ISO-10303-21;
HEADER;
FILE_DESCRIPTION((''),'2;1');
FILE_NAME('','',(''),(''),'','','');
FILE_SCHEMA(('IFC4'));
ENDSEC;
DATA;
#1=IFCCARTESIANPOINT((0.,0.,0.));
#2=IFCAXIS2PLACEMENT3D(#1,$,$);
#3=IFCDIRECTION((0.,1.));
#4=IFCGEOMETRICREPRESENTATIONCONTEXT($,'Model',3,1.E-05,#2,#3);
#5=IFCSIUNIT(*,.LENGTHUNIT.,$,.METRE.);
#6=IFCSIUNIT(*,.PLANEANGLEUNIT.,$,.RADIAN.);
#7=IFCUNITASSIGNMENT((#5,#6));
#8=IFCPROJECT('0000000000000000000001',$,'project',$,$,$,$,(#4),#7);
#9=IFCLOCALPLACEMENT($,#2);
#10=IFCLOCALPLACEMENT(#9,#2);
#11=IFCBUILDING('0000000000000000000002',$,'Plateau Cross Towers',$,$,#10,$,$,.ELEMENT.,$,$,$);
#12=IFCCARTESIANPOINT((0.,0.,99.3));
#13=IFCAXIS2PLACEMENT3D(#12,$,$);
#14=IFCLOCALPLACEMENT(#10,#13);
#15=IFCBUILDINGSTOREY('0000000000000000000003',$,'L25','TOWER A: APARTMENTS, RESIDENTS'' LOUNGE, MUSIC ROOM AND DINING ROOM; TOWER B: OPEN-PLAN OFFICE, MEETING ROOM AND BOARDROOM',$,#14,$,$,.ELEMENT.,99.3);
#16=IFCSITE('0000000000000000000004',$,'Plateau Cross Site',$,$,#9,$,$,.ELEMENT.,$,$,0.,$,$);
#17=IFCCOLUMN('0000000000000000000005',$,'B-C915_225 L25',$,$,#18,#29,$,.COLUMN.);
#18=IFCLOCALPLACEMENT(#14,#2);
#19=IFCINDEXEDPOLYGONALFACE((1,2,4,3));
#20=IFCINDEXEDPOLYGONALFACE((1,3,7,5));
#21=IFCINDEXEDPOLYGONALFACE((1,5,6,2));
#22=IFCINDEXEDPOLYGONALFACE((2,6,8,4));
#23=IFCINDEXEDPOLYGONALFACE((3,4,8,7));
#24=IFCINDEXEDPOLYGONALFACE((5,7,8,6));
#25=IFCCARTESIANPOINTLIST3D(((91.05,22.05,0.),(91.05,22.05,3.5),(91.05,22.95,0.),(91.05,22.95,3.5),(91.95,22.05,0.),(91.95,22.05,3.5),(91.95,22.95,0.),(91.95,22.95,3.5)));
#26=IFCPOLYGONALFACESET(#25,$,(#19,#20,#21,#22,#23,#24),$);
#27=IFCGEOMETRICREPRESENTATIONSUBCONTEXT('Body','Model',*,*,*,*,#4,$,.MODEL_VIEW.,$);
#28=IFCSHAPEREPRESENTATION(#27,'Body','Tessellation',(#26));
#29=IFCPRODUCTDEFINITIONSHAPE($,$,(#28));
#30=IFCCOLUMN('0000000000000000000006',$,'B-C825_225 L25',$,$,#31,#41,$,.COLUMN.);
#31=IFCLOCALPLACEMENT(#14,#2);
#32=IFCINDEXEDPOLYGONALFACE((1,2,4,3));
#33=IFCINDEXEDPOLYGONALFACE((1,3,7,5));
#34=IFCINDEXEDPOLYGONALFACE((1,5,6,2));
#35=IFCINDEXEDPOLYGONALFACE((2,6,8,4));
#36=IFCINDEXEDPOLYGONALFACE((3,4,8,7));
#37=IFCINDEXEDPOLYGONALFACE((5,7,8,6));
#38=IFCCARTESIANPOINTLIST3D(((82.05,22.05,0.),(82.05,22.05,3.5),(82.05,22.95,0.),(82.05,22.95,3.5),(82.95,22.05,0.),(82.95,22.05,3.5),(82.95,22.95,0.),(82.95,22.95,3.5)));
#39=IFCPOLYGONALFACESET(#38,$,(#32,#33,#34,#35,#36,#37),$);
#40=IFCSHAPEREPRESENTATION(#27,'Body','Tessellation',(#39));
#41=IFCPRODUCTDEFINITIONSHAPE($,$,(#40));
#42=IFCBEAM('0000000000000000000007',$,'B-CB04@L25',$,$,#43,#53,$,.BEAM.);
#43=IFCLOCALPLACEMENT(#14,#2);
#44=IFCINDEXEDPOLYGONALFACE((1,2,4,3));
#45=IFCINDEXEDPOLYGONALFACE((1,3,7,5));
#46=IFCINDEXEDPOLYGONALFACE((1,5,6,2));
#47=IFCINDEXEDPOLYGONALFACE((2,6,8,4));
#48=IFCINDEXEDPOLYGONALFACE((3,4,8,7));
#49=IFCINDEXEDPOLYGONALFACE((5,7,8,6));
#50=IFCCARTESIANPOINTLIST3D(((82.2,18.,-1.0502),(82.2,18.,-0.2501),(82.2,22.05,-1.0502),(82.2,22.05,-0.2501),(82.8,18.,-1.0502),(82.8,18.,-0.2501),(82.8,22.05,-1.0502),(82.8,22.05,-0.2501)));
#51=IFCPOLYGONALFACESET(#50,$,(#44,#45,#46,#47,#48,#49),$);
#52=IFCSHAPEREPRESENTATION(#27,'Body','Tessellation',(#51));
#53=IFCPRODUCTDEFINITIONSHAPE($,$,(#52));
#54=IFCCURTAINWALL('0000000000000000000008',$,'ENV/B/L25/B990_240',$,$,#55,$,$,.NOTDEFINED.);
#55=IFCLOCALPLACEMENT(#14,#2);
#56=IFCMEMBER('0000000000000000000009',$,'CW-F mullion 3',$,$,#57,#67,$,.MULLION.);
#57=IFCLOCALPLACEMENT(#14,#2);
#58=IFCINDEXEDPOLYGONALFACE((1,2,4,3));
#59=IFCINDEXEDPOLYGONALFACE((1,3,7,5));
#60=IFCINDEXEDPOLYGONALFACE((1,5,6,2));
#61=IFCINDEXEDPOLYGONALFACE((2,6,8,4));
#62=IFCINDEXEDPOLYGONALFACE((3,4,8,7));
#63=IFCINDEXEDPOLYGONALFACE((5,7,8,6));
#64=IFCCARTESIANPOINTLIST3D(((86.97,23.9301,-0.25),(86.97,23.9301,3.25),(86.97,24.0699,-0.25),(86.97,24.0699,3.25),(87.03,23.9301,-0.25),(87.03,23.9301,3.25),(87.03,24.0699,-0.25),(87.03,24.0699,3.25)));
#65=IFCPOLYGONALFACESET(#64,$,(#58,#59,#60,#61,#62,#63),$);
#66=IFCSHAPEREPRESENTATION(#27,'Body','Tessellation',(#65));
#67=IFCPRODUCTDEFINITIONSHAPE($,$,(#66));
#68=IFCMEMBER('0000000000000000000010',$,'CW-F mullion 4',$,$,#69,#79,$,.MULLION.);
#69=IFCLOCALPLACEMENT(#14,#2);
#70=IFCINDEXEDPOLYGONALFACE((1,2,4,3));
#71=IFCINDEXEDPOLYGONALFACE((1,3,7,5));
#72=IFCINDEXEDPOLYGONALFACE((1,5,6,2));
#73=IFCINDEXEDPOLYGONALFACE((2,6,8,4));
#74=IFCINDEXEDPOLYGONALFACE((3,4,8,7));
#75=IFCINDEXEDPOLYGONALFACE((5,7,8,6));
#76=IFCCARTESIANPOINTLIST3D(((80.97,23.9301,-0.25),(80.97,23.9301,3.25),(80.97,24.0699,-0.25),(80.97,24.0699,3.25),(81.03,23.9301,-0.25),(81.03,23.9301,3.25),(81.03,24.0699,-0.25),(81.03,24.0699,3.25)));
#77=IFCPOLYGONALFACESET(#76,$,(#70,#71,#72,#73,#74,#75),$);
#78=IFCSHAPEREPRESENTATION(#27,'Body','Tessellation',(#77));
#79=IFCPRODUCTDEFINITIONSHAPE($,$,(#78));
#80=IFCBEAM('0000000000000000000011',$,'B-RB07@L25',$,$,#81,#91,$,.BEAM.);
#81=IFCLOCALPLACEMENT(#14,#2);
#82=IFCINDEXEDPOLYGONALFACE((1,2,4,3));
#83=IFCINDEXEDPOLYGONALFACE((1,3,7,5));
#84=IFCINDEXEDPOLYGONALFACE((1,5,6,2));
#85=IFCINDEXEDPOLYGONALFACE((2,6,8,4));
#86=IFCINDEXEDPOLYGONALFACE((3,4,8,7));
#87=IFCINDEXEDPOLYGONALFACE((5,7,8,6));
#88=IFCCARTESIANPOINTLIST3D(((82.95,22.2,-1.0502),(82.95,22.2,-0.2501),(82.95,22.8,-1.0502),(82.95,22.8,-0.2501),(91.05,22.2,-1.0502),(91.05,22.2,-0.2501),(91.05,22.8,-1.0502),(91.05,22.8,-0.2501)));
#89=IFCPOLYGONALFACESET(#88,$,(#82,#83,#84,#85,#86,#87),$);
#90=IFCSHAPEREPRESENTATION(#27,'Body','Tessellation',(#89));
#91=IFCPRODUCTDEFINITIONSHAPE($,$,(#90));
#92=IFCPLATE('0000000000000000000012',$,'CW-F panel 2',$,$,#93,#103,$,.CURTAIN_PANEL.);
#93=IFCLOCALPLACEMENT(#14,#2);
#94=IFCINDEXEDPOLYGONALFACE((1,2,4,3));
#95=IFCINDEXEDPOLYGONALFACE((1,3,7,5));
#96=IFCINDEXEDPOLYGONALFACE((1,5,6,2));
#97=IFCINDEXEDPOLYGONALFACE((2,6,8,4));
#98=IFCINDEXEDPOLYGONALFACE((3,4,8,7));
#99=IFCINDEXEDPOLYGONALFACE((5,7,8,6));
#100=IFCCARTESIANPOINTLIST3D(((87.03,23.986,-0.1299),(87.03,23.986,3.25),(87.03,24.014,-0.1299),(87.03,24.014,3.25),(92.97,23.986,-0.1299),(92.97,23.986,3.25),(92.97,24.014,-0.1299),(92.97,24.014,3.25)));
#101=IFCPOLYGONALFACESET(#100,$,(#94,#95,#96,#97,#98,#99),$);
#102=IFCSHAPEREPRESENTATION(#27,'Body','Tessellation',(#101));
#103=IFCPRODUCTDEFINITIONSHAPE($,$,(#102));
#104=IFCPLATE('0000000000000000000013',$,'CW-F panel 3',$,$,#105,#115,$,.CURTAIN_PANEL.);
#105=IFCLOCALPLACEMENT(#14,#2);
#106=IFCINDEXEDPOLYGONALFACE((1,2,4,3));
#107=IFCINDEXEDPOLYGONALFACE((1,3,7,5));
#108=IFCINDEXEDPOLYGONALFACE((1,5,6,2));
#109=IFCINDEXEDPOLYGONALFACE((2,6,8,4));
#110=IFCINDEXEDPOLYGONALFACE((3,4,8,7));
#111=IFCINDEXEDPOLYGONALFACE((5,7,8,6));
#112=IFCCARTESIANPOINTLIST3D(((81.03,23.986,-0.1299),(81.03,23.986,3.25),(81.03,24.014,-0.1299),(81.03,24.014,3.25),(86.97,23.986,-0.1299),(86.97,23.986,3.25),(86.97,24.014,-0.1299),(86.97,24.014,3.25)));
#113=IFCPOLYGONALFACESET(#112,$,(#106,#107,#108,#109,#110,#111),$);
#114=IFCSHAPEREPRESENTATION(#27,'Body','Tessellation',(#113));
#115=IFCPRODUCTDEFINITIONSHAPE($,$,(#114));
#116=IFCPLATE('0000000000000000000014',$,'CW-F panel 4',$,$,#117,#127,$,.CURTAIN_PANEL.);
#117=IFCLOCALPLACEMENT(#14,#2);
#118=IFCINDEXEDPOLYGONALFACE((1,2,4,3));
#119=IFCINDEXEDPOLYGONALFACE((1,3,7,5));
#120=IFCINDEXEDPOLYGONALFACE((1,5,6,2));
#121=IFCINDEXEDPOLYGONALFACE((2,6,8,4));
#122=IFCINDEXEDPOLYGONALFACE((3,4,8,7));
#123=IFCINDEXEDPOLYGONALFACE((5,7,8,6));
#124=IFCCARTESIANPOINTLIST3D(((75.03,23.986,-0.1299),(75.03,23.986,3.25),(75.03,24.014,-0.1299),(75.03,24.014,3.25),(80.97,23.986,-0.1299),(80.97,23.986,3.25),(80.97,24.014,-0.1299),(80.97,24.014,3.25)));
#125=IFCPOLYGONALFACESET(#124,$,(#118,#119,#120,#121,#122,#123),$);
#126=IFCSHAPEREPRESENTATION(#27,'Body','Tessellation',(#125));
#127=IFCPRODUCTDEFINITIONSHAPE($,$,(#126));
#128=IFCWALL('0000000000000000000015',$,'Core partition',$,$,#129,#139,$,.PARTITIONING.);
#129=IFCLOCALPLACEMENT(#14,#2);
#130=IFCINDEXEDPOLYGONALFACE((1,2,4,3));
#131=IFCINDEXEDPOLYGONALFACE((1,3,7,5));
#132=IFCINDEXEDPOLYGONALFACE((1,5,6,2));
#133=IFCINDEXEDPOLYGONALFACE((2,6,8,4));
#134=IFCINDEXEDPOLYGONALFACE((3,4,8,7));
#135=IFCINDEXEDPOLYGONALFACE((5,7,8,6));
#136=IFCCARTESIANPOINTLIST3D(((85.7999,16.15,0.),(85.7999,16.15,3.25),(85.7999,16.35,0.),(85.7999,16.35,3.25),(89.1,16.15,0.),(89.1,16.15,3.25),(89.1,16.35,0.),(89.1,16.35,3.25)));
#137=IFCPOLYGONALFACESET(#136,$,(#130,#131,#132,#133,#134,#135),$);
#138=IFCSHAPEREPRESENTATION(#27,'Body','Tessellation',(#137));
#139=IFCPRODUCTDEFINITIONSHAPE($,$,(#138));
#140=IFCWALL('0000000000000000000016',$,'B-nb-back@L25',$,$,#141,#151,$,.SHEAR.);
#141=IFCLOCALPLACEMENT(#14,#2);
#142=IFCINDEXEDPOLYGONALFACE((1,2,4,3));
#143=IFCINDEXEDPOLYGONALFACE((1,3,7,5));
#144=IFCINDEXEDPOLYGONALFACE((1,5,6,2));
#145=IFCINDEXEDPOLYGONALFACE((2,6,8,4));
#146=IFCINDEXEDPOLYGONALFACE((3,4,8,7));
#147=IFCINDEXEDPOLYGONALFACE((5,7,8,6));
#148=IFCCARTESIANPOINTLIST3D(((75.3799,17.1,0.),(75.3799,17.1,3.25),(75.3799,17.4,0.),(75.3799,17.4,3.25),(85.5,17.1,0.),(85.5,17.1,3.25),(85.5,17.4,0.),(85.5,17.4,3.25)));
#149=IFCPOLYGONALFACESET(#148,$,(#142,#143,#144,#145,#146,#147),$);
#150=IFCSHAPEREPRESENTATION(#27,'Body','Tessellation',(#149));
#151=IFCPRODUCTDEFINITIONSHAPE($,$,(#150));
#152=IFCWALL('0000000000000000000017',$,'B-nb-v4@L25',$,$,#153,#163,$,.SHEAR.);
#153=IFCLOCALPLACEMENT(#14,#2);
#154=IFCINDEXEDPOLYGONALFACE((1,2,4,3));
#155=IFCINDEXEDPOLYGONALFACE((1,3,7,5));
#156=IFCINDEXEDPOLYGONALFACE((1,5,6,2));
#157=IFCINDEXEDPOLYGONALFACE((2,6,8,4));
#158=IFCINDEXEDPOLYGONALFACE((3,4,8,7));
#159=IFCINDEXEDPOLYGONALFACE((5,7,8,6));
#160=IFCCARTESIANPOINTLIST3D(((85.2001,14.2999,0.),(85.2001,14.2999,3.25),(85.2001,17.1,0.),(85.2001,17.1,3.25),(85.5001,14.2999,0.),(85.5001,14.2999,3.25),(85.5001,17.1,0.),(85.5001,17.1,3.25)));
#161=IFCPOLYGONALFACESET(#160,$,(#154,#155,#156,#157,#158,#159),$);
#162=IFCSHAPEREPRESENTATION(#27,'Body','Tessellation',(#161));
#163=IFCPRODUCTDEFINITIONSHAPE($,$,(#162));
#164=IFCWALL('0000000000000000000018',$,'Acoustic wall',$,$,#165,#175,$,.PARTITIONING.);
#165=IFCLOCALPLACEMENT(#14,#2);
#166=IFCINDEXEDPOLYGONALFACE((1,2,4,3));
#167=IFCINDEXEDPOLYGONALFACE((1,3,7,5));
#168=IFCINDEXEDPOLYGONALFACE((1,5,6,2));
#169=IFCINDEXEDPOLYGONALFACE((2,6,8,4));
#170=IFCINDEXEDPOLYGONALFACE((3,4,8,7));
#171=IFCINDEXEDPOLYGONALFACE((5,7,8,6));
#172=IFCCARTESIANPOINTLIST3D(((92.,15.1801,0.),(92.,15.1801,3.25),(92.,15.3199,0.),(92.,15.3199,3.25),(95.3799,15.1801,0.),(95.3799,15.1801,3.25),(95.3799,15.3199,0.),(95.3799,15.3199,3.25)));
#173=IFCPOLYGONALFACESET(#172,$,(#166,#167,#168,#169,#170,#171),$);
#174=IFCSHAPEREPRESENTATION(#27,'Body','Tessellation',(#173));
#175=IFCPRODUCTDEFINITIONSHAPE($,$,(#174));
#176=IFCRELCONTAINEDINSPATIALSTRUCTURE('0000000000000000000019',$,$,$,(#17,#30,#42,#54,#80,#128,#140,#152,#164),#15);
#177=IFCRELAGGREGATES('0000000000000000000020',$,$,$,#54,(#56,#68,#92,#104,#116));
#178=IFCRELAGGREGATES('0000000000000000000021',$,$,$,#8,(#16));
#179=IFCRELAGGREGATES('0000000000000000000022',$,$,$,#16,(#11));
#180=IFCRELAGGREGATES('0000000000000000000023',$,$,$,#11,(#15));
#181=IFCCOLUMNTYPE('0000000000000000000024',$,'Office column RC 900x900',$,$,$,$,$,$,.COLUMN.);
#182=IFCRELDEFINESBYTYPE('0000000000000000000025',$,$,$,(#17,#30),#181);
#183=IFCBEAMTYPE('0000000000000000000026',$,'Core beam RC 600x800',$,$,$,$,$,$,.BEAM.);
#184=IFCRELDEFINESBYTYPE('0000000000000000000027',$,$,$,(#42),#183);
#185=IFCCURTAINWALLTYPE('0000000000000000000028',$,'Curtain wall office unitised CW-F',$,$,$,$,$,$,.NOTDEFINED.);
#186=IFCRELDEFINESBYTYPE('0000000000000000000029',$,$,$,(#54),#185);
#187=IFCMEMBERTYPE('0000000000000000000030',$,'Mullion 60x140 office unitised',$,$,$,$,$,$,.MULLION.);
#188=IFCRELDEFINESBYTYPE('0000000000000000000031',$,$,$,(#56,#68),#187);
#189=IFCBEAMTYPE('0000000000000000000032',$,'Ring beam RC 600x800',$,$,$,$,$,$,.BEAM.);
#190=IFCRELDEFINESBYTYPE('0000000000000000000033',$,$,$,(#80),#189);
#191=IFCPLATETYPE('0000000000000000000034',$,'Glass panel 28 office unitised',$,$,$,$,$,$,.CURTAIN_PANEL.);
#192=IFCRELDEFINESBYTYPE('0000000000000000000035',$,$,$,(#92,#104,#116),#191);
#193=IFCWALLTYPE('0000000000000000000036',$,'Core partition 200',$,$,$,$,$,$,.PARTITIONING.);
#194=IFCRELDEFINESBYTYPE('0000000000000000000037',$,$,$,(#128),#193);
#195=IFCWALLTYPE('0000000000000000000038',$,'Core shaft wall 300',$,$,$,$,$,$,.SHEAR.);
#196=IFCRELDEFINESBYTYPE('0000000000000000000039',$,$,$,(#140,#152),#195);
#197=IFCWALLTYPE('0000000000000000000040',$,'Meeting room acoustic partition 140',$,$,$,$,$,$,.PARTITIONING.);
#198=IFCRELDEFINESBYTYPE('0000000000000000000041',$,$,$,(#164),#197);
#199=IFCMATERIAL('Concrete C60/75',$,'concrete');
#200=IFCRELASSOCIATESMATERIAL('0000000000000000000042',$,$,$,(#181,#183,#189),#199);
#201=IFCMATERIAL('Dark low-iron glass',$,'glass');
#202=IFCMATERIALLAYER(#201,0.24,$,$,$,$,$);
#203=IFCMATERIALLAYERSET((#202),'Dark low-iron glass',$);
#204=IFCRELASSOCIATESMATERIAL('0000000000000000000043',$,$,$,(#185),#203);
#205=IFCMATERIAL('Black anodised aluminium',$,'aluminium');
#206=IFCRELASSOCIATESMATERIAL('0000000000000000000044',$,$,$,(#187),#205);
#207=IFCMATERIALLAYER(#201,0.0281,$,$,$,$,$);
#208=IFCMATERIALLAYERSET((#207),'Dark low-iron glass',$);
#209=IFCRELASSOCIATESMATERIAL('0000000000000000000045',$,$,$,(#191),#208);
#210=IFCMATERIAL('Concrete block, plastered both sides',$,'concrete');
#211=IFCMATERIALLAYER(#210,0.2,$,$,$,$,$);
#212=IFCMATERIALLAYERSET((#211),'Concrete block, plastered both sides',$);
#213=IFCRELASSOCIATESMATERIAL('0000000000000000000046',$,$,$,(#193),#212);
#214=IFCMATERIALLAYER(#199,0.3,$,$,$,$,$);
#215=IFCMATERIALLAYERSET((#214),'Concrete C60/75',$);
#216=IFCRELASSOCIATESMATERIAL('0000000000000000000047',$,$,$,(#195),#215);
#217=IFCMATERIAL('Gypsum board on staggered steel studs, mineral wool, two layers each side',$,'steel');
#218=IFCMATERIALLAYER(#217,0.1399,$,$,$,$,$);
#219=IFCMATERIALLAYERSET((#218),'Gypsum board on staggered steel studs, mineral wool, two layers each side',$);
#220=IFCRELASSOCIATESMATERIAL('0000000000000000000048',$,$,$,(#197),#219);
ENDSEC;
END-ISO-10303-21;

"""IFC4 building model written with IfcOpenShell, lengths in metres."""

from ifc_helpers import new_model, si_unit, direction, frame, frame_2d, origin, origin_2d, place, context, subcontext, project, spatial, rectangle, extrude, material, layer, layer_set, material_profile, profile_set, type_object, element, aggregate, save


model = new_model("IFC4")

# Units and contexts
model_context = context("Model", 3, precision=1e-05, world=origin(), true_north=direction((0.0, 1.0)))
body_context = subcontext(model_context, "Body", "Model", "MODEL_VIEW")
ifc_project = project(units=[si_unit("LENGTHUNIT", "METRE"), si_unit("PLANEANGLEUNIT", "RADIAN")], contexts=[model_context])

# Site, building, storey
site_placement = place(None, origin())
site = spatial("IfcSite", under=ifc_project, at=site_placement, Name="Plateau Cross Site", CompositionType="ELEMENT", RefElevation=0.0)
building_placement = place(site_placement, origin())
building = spatial("IfcBuilding", under=site, at=building_placement, Name="Plateau Cross Towers", CompositionType="ELEMENT")
storey_placement = place(building_placement, frame((0.0, 0.0, 99.3)))
storey = spatial("IfcBuildingStorey", under=building, at=storey_placement, Name="L25", Description="TOWER A: APARTMENTS, RESIDENTS' LOUNGE, MUSIC ROOM AND DINING ROOM; TOWER B: OPEN-PLAN OFFICE, MEETING ROOM AND BOARDROOM", CompositionType="ELEMENT", Elevation=99.3)

# Columns
ifc_material_1 = material(Name="Concrete C60/75", Category="concrete")
ifc_material_profile_1 = material_profile(ifc_material_1, rectangle(XDim=0.8999, YDim=0.8999, at=origin_2d()), Name="RC 900x900")
ifc_profile_set_1 = profile_set([ifc_material_profile_1], Name="Concrete C60/75")
column_type = type_object("IfcColumnType", Name="Office column RC 900x900", PredefinedType="COLUMN", material=ifc_profile_set_1)
for number, where, z_axis, x_axis, name in (
    (1, (91.5, 22.5, 0.0), (0.0, 0.0, 1.0), (1.0, 0.0, 0.0), "B-C915_225 L25"),
    (2, (82.5, 22.5, 0.0), (0.0, 0.0, 1.0), (1.0, 0.0, 0.0), "B-C825_225 L25"),
):
    element("IfcColumn", number, at=place(storey_placement, frame(where, z_axis=z_axis, x_axis=x_axis)), inside=storey, type_object=column_type, Name=name, PredefinedType="COLUMN", context=body_context, shape_type="SweptSolid", body=[
        extrude(rectangle(XDim=0.8999, YDim=0.8999, at=origin_2d()), origin(), (0.0, 0.0, 1.0), 3.5),
    ])

# Beam
ifc_material_profile_2 = material_profile(ifc_material_1, rectangle(XDim=0.6001, YDim=0.8, at=origin_2d()), Name="RC 600x800")
ifc_profile_set_2 = profile_set([ifc_material_profile_2], Name="Concrete C60/75")
beam_type_1 = type_object("IfcBeamType", Name="Core beam RC 600x800", PredefinedType="BEAM", material=ifc_profile_set_2)
beam_1_placement = place(storey_placement, frame((82.5, 18.0, -0.6501), z_axis=(0.0, 1.0, 0.0), x_axis=(-1.0, 0.0, 0.0)))
element("IfcBeam", 3, at=beam_1_placement, inside=storey, type_object=beam_type_1, Name="B-CB04@L25", PredefinedType="BEAM", context=body_context, shape_type="SweptSolid", body=[
    extrude(rectangle(XDim=0.6001, YDim=0.8, at=origin_2d()), origin(), (0.0, 0.0, 1.0), 4.05),
])

# Curtain wall, members
ifc_material_2 = material(Name="Dark low-iron glass", Category="glass")
ifc_layer_1 = layer(ifc_material_2, 0.24)
ifc_layer_set_1 = layer_set([ifc_layer_1], Name="Dark low-iron glass")
curtain_wall_type = type_object("IfcCurtainWallType", Name="Curtain wall office unitised CW-F", PredefinedType="NOTDEFINED", material=ifc_layer_set_1)
curtain_wall_placement = place(storey_placement, origin())
curtain_wall = element("IfcCurtainWall", 4, at=curtain_wall_placement, inside=storey, type_object=curtain_wall_type, Name="ENV/B/L25/B990_240", PredefinedType="NOTDEFINED")
ifc_material_3 = material(Name="Black anodised aluminium", Category="aluminium")
ifc_material_profile_3 = material_profile(ifc_material_3, rectangle(XDim=0.0601, YDim=0.1399, at=origin_2d()), Name="MULLION 60x140")
ifc_profile_set_3 = profile_set([ifc_material_profile_3], Name="Black anodised aluminium")
member_type = type_object("IfcMemberType", Name="Mullion 60x140 office unitised", PredefinedType="MULLION", material=ifc_profile_set_3)
member_1_placement = place(storey_placement, frame((87.0, 24.0, -0.25), z_axis=(0.0, 0.0, 1.0), x_axis=(-1.0, 0.0, 0.0)))
member_1 = element("IfcMember", 5, at=member_1_placement, type_object=member_type, Name="CW-F mullion 3", PredefinedType="MULLION", context=body_context, shape_type="SweptSolid", body=[
    extrude(rectangle(XDim=0.0601, YDim=0.1399, at=origin_2d()), origin(), (0.0, 0.0, 1.0), 3.5),
])
member_2_placement = place(storey_placement, frame((81.0, 24.0, -0.25), z_axis=(0.0, 0.0, 1.0), x_axis=(-1.0, 0.0, 0.0)))
member_2 = element("IfcMember", 6, at=member_2_placement, type_object=member_type, Name="CW-F mullion 4", PredefinedType="MULLION", context=body_context, shape_type="SweptSolid", body=[
    extrude(rectangle(XDim=0.0601, YDim=0.1399, at=origin_2d()), origin(), (0.0, 0.0, 1.0), 3.5),
])

# Beam
ifc_material_profile_4 = material_profile(ifc_material_1, rectangle(XDim=0.6001, YDim=0.8, at=origin_2d()), Name="RC 600x800")
ifc_profile_set_4 = profile_set([ifc_material_profile_4], Name="Concrete C60/75")
beam_type_2 = type_object("IfcBeamType", Name="Ring beam RC 600x800", PredefinedType="BEAM", material=ifc_profile_set_4)
beam_2_placement = place(storey_placement, frame((91.05, 22.5, -0.6501), z_axis=(-1.0, 0.0, 0.0), x_axis=(0.0, -1.0, 0.0)))
element("IfcBeam", 7, at=beam_2_placement, inside=storey, type_object=beam_type_2, Name="B-RB07@L25", PredefinedType="BEAM", context=body_context, shape_type="SweptSolid", body=[
    extrude(rectangle(XDim=0.6001, YDim=0.8, at=origin_2d()), origin(), (0.0, 0.0, 1.0), 8.1001),
])

# Plates
ifc_layer_2 = layer(ifc_material_2, 0.0281)
ifc_layer_set_2 = layer_set([ifc_layer_2], Name="Dark low-iron glass")
plate_type = type_object("IfcPlateType", Name="Glass panel 28 office unitised", PredefinedType="CURTAIN_PANEL", material=ifc_layer_set_2)
plate_1_placement = place(storey_placement, frame((90.0, 24.0, -0.1299), z_axis=(0.0, 0.0, 1.0), x_axis=(-1.0, 0.0, 0.0)))
plate_1 = element("IfcPlate", 8, at=plate_1_placement, type_object=plate_type, Name="CW-F panel 2", PredefinedType="CURTAIN_PANEL", context=body_context, shape_type="SweptSolid", body=[
    extrude(rectangle(XDim=5.9399, YDim=0.0281, at=origin_2d()), origin(), (0.0, 0.0, 1.0), 3.3799),
])
plate_2_placement = place(storey_placement, frame((84.0, 24.0, -0.1299), z_axis=(0.0, 0.0, 1.0), x_axis=(-1.0, 0.0, 0.0)))
plate_2 = element("IfcPlate", 9, at=plate_2_placement, type_object=plate_type, Name="CW-F panel 3", PredefinedType="CURTAIN_PANEL", context=body_context, shape_type="SweptSolid", body=[
    extrude(rectangle(XDim=5.9399, YDim=0.0281, at=origin_2d()), origin(), (0.0, 0.0, 1.0), 3.3799),
])
plate_3_placement = place(storey_placement, frame((78.0, 24.0, -0.1299), z_axis=(0.0, 0.0, 1.0), x_axis=(-1.0, 0.0, 0.0)))
plate_3 = element("IfcPlate", 10, at=plate_3_placement, type_object=plate_type, Name="CW-F panel 4", PredefinedType="CURTAIN_PANEL", context=body_context, shape_type="SweptSolid", body=[
    extrude(rectangle(XDim=5.9399, YDim=0.0281, at=origin_2d()), origin(), (0.0, 0.0, 1.0), 3.3799),
])
aggregate(curtain_wall, [member_1, member_2, plate_1, plate_2, plate_3])

# Walls
ifc_material_4 = material(Name="Concrete block, plastered both sides", Category="concrete")
ifc_layer_3 = layer(ifc_material_4, 0.2)
ifc_layer_set_3 = layer_set([ifc_layer_3], Name="Concrete block, plastered both sides")
wall_type_1 = type_object("IfcWallType", Name="Core partition 200", PredefinedType="PARTITIONING", material=ifc_layer_set_3)
wall_1_placement = place(storey_placement, frame((85.8, 16.25, 0.0), z_axis=(0.0, 0.0, 1.0), x_axis=(1.0, 0.0, 0.0)))
element("IfcWall", 11, at=wall_1_placement, inside=storey, type_object=wall_type_1, Name="Core partition", PredefinedType="PARTITIONING", context=body_context, shape_type="SweptSolid", body=[
    extrude(rectangle(XDim=3.3, YDim=0.2, at=frame_2d((1.6499, 0.0))), origin(), (0.0, 0.0, 1.0), 3.25),
])
ifc_layer_4 = layer(ifc_material_1, 0.3)
ifc_layer_set_4 = layer_set([ifc_layer_4], Name="Concrete C60/75")
wall_type_2 = type_object("IfcWallType", Name="Core shaft wall 300", PredefinedType="SHEAR", material=ifc_layer_set_4)
wall_2_placement = place(storey_placement, frame((75.3799, 17.25, 0.0), z_axis=(0.0, 0.0, 1.0), x_axis=(1.0, 0.0, 0.0)))
element("IfcWall", 12, at=wall_2_placement, inside=storey, type_object=wall_type_2, Name="B-nb-back@L25", PredefinedType="SHEAR", context=body_context, shape_type="SweptSolid", body=[
    extrude(rectangle(XDim=10.1201, YDim=0.3, at=frame_2d((5.0601, 0.0))), origin(), (0.0, 0.0, 1.0), 3.25),
])
wall_3_placement = place(storey_placement, frame((85.3501, 14.3, 0.0), z_axis=(0.0, 0.0, 1.0), x_axis=(0.0, 1.0, 0.0)))
element("IfcWall", 13, at=wall_3_placement, inside=storey, type_object=wall_type_2, Name="B-nb-v4@L25", PredefinedType="SHEAR", context=body_context, shape_type="SweptSolid", body=[
    extrude(rectangle(XDim=2.8, YDim=0.3, at=frame_2d((1.3999, 0.0))), origin(), (0.0, 0.0, 1.0), 3.25),
])
ifc_material_5 = material(Name="Gypsum board on staggered steel studs, mineral wool, two layers each side", Category="steel")
ifc_layer_5 = layer(ifc_material_5, 0.1399)
ifc_layer_set_5 = layer_set([ifc_layer_5], Name="Gypsum board on staggered steel studs, mineral wool, two layers each side")
wall_type_3 = type_object("IfcWallType", Name="Meeting room acoustic partition 140", PredefinedType="PARTITIONING", material=ifc_layer_set_5)
wall_4_placement = place(storey_placement, frame((92.0, 15.25, 0.0), z_axis=(0.0, 0.0, 1.0), x_axis=(1.0, 0.0, 0.0)))
element("IfcWall", 14, at=wall_4_placement, inside=storey, type_object=wall_type_3, Name="Acoustic wall", PredefinedType="PARTITIONING", context=body_context, shape_type="SweptSolid", body=[
    extrude(rectangle(XDim=3.3799, YDim=0.1399, at=frame_2d((1.6899, 0.0))), origin(), (0.0, 0.0, 1.0), 3.25),
])

save(model, "model.ifc")
